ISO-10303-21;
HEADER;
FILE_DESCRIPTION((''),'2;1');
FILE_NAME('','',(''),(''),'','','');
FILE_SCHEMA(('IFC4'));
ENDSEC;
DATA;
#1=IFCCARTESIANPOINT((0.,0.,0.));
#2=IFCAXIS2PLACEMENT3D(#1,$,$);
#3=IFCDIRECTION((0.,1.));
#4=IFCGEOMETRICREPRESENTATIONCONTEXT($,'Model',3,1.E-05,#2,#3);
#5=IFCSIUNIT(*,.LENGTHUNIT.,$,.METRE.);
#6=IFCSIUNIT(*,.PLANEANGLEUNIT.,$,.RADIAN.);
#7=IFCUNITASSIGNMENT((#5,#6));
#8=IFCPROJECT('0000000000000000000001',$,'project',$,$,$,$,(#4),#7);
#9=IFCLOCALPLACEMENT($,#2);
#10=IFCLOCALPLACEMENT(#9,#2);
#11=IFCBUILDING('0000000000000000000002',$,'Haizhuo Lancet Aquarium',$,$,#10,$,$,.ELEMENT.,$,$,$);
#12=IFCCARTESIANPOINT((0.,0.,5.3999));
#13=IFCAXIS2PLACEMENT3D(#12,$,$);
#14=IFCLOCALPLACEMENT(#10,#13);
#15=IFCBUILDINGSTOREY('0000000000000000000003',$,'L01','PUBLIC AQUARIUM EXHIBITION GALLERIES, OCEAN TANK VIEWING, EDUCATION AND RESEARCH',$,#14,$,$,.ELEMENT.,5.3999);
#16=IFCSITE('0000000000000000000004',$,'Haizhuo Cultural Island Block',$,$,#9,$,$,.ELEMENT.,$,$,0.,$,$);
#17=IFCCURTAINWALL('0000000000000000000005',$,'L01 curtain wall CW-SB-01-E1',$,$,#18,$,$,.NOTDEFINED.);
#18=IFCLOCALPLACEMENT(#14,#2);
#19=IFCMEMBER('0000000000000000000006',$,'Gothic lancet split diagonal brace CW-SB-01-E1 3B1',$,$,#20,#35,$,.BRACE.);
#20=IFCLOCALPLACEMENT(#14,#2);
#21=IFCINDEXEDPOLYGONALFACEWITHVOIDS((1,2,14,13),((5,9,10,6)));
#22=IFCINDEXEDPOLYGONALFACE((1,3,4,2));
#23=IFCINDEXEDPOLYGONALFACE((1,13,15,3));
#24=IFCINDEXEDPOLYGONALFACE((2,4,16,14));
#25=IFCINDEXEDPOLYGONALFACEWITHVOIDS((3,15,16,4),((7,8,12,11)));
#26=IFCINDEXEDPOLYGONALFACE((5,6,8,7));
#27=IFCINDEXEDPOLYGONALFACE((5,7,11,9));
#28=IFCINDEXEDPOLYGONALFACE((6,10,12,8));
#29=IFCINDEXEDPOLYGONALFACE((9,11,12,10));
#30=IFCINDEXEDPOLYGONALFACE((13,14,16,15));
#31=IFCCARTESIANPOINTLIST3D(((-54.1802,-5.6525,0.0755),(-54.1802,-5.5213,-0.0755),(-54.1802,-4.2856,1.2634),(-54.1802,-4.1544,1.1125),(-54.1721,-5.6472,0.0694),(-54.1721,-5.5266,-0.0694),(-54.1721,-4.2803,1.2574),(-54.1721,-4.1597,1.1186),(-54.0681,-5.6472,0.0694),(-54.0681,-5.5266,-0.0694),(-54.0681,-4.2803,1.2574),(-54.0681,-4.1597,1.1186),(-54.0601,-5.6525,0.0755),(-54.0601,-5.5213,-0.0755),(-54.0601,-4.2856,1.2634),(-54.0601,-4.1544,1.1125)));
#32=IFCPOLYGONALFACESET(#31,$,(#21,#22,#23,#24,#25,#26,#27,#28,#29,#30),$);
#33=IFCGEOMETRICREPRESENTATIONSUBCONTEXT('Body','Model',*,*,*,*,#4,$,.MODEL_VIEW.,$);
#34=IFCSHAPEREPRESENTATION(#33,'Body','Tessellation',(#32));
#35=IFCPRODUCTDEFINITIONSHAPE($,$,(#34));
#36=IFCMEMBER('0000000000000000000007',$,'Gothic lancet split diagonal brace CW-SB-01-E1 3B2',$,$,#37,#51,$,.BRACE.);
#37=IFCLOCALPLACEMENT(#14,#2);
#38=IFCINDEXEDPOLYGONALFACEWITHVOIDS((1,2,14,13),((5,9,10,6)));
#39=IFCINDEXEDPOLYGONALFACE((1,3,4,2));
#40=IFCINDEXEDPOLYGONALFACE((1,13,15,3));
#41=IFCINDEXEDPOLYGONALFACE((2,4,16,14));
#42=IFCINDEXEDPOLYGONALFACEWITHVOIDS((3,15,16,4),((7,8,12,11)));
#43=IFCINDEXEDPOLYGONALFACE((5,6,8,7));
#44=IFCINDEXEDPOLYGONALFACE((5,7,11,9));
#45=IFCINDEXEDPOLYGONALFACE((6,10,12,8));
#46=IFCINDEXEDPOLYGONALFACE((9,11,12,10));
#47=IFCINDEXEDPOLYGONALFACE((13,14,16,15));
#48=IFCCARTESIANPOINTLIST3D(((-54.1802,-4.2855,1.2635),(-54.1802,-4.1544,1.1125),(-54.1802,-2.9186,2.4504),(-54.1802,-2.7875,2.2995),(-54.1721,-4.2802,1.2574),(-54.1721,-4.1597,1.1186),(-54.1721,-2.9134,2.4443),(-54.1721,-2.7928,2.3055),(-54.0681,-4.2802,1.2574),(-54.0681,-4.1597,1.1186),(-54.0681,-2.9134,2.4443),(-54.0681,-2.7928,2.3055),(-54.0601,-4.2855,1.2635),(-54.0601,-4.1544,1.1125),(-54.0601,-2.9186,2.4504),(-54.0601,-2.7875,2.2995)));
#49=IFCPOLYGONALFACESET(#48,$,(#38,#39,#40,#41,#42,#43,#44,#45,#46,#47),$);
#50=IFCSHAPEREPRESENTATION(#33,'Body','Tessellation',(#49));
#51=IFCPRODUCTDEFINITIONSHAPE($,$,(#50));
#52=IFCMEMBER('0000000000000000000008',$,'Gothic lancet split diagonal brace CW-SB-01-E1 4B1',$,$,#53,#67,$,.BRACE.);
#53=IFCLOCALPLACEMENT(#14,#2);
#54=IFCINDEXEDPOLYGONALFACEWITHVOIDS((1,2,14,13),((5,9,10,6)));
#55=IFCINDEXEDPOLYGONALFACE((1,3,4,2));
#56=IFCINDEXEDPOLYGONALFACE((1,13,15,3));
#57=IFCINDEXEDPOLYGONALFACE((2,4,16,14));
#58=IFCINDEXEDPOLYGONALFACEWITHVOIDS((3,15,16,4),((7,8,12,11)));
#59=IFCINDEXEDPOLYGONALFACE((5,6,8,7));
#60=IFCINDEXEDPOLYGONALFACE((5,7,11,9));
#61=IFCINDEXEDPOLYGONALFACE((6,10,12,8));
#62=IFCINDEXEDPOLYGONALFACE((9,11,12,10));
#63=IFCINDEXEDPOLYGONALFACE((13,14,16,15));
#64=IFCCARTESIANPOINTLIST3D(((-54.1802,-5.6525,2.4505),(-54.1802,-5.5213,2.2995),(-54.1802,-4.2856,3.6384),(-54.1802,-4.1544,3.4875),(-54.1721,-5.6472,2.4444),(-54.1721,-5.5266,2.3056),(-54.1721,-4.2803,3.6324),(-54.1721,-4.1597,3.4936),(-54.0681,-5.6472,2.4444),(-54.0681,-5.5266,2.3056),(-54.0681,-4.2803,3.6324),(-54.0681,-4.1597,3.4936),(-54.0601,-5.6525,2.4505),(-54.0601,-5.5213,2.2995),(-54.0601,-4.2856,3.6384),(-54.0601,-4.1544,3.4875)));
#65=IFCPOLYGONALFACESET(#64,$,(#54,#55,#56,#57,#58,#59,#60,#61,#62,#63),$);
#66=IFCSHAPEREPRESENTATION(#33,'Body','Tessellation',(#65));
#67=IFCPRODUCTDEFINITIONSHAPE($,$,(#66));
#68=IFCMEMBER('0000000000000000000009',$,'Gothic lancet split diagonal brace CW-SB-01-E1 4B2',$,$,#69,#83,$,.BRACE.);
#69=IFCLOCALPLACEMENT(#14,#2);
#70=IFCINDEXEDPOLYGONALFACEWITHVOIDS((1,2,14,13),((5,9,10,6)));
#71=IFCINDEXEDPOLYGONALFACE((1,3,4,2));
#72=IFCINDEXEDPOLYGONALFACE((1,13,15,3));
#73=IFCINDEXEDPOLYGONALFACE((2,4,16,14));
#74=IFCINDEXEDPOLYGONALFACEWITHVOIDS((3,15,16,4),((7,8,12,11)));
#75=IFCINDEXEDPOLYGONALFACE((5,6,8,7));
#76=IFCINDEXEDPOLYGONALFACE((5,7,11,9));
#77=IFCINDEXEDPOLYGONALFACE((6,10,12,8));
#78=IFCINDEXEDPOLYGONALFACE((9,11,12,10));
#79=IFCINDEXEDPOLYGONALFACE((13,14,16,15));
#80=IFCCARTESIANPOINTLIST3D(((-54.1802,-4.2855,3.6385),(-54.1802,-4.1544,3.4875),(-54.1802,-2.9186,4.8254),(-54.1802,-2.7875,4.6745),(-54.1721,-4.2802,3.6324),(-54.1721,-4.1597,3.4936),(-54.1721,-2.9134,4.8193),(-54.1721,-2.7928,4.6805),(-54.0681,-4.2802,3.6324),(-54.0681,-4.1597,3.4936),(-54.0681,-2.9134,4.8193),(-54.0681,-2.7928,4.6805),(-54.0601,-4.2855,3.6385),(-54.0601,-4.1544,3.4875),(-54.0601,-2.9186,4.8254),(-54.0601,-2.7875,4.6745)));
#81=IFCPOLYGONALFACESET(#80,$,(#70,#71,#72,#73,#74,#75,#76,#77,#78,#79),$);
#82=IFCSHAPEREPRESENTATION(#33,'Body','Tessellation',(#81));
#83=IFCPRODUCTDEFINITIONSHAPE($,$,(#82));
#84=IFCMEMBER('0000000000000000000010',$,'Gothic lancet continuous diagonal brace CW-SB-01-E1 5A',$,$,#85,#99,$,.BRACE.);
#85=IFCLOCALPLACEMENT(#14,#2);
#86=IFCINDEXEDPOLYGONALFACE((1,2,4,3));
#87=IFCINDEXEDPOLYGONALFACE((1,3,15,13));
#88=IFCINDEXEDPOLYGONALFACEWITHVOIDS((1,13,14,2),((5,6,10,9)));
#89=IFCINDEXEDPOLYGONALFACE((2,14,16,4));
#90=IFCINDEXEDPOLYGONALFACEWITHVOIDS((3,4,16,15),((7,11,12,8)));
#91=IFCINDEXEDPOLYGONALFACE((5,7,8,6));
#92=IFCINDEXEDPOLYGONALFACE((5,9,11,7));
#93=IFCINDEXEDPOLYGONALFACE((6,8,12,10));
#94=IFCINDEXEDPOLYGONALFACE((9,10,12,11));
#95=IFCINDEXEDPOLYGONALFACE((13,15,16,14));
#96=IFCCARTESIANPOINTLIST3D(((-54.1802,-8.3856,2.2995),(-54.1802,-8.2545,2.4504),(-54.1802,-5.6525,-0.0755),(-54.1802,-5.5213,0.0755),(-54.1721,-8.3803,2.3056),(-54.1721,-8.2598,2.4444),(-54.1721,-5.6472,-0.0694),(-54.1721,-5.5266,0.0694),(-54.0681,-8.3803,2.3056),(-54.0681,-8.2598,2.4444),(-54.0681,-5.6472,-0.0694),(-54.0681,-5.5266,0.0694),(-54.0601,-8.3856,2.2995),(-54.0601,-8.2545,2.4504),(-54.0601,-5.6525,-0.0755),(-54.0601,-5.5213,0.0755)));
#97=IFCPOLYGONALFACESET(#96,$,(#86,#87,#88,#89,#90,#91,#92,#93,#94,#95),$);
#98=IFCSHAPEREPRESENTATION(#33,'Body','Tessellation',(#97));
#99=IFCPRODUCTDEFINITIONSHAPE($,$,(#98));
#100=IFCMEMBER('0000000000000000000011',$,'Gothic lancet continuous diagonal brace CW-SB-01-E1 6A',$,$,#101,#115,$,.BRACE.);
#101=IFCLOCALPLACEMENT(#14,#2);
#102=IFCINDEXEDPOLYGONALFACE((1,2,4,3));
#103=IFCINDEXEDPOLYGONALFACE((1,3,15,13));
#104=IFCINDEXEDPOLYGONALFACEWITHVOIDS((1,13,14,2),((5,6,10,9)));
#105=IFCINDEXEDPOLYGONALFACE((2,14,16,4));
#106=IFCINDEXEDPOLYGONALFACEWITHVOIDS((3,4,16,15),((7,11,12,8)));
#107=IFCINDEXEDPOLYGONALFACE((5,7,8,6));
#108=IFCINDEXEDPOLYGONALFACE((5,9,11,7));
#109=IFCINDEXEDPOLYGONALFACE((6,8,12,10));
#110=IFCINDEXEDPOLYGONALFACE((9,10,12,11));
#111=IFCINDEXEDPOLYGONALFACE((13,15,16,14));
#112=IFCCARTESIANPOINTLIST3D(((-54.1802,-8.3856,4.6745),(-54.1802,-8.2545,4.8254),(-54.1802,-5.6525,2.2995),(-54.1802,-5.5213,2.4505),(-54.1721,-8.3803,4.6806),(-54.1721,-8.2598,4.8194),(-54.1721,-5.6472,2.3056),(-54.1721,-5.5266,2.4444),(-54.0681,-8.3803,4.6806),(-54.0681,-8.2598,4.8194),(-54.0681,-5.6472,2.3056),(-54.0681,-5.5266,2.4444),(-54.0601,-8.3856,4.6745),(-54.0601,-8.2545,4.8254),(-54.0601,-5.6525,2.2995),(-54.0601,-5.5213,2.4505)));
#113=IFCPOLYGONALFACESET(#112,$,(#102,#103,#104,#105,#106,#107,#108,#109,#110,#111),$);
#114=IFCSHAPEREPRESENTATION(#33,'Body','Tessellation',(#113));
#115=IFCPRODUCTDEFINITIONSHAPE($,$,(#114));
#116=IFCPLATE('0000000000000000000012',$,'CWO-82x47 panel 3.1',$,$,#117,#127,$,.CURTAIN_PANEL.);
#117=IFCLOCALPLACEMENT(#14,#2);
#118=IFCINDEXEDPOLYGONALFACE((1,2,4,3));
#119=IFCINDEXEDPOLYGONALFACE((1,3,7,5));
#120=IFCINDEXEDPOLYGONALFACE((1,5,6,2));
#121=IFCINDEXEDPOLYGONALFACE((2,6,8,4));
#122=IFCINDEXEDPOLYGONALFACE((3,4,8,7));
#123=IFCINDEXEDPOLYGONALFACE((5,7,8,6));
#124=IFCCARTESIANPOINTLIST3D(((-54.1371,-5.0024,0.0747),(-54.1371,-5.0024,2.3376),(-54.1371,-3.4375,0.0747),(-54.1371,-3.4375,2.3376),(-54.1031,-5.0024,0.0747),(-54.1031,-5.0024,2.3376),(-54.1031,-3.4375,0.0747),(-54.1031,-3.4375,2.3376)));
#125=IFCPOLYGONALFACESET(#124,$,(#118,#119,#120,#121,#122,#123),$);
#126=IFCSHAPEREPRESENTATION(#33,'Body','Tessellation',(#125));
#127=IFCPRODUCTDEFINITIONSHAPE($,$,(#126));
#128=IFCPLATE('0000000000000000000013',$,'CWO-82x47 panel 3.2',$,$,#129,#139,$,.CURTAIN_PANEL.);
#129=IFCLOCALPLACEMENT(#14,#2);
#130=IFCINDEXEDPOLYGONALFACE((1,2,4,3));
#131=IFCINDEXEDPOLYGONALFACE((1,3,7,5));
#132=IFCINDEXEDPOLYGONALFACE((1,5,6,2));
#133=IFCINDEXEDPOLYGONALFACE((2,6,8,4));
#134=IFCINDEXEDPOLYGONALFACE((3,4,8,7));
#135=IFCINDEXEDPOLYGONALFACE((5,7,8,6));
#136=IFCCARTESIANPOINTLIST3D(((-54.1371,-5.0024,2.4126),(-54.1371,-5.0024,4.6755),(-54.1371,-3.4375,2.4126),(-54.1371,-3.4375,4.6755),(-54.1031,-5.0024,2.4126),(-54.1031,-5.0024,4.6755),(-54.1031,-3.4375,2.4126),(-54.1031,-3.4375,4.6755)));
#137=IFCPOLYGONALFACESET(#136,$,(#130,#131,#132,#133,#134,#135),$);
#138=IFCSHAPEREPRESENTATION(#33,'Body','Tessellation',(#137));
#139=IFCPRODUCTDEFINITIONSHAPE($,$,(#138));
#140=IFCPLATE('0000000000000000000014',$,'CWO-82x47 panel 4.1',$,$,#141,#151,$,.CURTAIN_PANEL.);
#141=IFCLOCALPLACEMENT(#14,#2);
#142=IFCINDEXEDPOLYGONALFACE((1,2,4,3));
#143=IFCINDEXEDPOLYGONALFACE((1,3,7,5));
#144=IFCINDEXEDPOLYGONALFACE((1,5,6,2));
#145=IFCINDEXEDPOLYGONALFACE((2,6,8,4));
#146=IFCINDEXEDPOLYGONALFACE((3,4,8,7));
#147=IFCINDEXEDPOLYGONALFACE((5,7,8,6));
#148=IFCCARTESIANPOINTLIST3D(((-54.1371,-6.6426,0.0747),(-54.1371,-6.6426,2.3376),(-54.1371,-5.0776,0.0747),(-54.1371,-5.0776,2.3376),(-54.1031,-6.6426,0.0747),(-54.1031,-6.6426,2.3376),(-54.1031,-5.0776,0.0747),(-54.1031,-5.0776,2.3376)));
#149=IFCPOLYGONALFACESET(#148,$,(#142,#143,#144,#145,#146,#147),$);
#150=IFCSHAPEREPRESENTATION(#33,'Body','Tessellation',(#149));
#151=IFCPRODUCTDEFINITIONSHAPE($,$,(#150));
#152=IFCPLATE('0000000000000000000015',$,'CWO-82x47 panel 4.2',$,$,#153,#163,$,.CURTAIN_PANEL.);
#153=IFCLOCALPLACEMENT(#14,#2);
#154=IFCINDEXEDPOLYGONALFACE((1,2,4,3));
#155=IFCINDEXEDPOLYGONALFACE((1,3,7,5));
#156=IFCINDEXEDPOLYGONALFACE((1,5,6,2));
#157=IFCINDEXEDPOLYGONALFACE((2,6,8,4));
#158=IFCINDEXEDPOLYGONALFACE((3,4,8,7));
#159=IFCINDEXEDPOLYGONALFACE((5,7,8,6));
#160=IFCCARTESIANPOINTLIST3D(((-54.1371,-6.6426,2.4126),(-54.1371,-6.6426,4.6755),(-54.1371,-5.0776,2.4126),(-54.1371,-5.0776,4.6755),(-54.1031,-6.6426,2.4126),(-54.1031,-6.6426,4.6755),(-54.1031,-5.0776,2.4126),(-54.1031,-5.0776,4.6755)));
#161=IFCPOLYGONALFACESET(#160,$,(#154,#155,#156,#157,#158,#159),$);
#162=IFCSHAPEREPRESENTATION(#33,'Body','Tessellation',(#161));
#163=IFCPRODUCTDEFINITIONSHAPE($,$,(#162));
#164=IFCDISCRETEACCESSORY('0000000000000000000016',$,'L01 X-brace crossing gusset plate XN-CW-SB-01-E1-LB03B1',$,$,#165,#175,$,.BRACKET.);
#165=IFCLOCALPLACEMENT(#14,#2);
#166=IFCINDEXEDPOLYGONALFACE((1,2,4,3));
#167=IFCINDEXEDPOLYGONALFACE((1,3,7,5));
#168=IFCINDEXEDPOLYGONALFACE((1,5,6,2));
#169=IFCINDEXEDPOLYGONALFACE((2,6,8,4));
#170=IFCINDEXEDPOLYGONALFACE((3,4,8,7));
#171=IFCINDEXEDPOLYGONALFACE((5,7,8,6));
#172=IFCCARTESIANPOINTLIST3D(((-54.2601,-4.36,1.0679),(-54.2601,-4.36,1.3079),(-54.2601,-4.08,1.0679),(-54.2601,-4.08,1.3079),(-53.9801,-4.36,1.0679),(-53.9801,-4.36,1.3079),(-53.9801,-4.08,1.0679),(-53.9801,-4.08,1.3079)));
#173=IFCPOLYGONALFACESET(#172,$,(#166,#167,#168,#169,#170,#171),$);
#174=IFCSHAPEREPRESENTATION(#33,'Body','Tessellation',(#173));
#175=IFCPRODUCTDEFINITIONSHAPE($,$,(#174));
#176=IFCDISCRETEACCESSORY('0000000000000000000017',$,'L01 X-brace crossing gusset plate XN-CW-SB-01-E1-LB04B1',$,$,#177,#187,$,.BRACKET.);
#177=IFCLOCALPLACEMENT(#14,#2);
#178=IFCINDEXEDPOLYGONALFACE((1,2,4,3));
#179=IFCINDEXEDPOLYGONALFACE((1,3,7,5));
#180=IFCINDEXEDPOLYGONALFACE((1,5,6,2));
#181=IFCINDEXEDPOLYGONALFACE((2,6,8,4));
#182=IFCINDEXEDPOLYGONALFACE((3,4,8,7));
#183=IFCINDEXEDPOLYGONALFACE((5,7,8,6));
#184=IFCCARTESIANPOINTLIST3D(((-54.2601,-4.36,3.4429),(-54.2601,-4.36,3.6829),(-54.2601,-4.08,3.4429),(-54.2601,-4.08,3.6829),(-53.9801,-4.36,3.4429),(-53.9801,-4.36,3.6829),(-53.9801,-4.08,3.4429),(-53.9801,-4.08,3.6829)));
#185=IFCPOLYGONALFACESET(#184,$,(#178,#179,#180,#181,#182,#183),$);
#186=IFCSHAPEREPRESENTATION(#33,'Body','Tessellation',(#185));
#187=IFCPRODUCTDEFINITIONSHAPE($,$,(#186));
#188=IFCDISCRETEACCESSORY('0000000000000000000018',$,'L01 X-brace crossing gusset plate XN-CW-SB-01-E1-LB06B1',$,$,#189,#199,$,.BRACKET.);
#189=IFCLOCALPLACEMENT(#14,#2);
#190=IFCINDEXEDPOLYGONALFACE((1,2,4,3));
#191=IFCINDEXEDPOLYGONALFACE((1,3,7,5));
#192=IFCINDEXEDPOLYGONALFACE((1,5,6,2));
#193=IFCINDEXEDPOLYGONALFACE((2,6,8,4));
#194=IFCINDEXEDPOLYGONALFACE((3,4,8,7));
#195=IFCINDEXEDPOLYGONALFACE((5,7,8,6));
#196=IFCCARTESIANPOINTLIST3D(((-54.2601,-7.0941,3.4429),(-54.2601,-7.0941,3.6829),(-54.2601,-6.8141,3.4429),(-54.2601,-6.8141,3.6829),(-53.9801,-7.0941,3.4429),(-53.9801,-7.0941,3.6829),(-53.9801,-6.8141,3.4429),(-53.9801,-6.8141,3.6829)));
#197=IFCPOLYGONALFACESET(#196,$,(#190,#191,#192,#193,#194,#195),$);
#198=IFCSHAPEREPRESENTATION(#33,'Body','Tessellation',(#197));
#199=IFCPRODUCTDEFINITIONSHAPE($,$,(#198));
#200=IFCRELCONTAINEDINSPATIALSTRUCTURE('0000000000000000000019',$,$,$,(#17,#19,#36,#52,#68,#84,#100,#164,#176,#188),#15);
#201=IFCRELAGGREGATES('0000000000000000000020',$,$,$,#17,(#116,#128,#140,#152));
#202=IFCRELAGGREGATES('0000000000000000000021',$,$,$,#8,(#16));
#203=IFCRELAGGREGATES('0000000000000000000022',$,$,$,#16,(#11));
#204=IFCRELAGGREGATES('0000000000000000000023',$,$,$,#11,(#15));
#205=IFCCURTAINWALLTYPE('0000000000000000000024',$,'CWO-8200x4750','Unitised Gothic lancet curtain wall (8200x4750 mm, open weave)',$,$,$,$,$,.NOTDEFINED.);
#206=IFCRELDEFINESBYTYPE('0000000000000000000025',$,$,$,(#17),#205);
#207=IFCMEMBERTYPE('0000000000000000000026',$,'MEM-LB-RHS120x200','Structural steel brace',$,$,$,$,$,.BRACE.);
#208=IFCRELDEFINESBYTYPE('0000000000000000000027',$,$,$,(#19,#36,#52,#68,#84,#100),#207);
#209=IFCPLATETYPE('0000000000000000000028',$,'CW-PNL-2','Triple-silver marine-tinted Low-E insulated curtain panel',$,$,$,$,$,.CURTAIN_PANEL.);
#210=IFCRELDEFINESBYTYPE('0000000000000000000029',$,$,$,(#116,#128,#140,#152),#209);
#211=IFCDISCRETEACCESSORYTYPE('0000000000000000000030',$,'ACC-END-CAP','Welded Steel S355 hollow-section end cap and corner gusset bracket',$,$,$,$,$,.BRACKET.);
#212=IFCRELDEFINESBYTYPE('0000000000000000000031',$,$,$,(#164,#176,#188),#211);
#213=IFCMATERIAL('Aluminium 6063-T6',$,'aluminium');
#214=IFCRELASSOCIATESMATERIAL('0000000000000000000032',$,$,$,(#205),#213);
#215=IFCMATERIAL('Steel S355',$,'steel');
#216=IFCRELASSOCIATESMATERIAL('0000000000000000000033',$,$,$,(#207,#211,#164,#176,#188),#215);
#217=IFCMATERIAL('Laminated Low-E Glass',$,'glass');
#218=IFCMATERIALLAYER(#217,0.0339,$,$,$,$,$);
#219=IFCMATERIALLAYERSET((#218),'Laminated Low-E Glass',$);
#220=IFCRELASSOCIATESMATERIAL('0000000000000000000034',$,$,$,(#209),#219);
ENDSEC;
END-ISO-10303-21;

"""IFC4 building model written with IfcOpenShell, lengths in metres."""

from ifc_helpers import new_model, si_unit, direction, frame, origin, origin_2d, place, context, subcontext, project, spatial, rectangle, hollow_rectangle, extrude, material, layer, layer_set, material_profile, profile_set, type_object, element, aggregate, save


model = new_model("IFC4")

# Units and contexts
model_context = context("Model", 3, precision=1e-05, world=origin(), true_north=direction((0.0, 1.0)))
body_context = subcontext(model_context, "Body", "Model", "MODEL_VIEW")
ifc_project = project(units=[si_unit("LENGTHUNIT", "METRE"), si_unit("PLANEANGLEUNIT", "RADIAN")], contexts=[model_context])

# Site, building, storey
site_placement = place(None, origin())
site = spatial("IfcSite", under=ifc_project, at=site_placement, Name="Haizhuo Cultural Island Block", CompositionType="ELEMENT", RefElevation=0.0)
building_placement = place(site_placement, origin())
building = spatial("IfcBuilding", under=site, at=building_placement, Name="Haizhuo Lancet Aquarium", CompositionType="ELEMENT")
storey_placement = place(building_placement, frame((0.0, 0.0, 5.3999)))
storey = spatial("IfcBuildingStorey", under=building, at=storey_placement, Name="L01", Description="PUBLIC AQUARIUM EXHIBITION GALLERIES, OCEAN TANK VIEWING, EDUCATION AND RESEARCH", CompositionType="ELEMENT", Elevation=5.3999)

# Curtain wall
ifc_material_1 = material(Name="Aluminium 6063-T6", Category="aluminium")
curtain_wall_type = type_object("IfcCurtainWallType", Name="CWO-8200x4750", Description="Unitised Gothic lancet curtain wall (8200x4750 mm, open weave)", PredefinedType="NOTDEFINED", material=ifc_material_1)
curtain_wall_placement = place(storey_placement, origin())
curtain_wall = element("IfcCurtainWall", 1, at=curtain_wall_placement, inside=storey, type_object=curtain_wall_type, Name="L01 curtain wall CW-SB-01-E1", PredefinedType="NOTDEFINED")

# Members
ifc_material_2 = material(Name="Steel S355", Category="steel")
ifc_material_profile_1 = material_profile(ifc_material_2, hollow_rectangle(XDim=0.1201, YDim=0.2, WallThickness=0.0081, at=origin_2d()), Name="RHS 120x200x8")
ifc_profile_set_1 = profile_set([ifc_material_profile_1], Name="Steel S355")
member_type_1 = type_object("IfcMemberType", Name="MEM-LB-RHS120x200", Description="Structural steel brace", PredefinedType="BRACE", material=ifc_profile_set_1)
member_1_placement = place(storey_placement, frame((-54.1201, -5.5869, 0.0), z_axis=(0.0, 0.754785, 0.655972), x_axis=(-1.0, 0.0, 0.0)))
element("IfcMember", 2, at=member_1_placement, inside=storey, type_object=member_type_1, Name="Gothic lancet split diagonal brace CW-SB-01-E1 3B1", PredefinedType="BRACE", context=body_context, shape_type="SweptSolid", body=[
    extrude(hollow_rectangle(XDim=0.1201, YDim=0.2, WallThickness=0.0081, at=origin_2d()), origin(), (0.0, 0.0, 1.0), 1.811),
])
member_2_placement = place(storey_placement, frame((-54.1201, -4.22, 1.188), z_axis=(0.0, 0.755052, 0.655664), x_axis=(-1.0, 0.0, 0.0)))
element("IfcMember", 3, at=member_2_placement, inside=storey, type_object=member_type_1, Name="Gothic lancet split diagonal brace CW-SB-01-E1 3B2", PredefinedType="BRACE", context=body_context, shape_type="SweptSolid", body=[
    extrude(hollow_rectangle(XDim=0.1201, YDim=0.2, WallThickness=0.0081, at=origin_2d()), origin(), (0.0, 0.0, 1.0), 1.8103),
])
member_3_placement = place(storey_placement, frame((-54.1201, -5.5869, 2.375), z_axis=(0.0, 0.754785, 0.655972), x_axis=(-1.0, 0.0, 0.0)))
element("IfcMember", 4, at=member_3_placement, inside=storey, type_object=member_type_1, Name="Gothic lancet split diagonal brace CW-SB-01-E1 4B1", PredefinedType="BRACE", context=body_context, shape_type="SweptSolid", body=[
    extrude(hollow_rectangle(XDim=0.1201, YDim=0.2, WallThickness=0.0081, at=origin_2d()), origin(), (0.0, 0.0, 1.0), 1.811),
])
member_4_placement = place(storey_placement, frame((-54.1201, -4.22, 3.563), z_axis=(0.0, 0.755052, 0.655664), x_axis=(-1.0, 0.0, 0.0)))
element("IfcMember", 5, at=member_4_placement, inside=storey, type_object=member_type_1, Name="Gothic lancet split diagonal brace CW-SB-01-E1 4B2", PredefinedType="BRACE", context=body_context, shape_type="SweptSolid", body=[
    extrude(hollow_rectangle(XDim=0.1201, YDim=0.2, WallThickness=0.0081, at=origin_2d()), origin(), (0.0, 0.0, 1.0), 1.8103),
])
for number, where, z_axis, x_axis, name in (
    (6, (-54.1201, -5.5869, 0.0), (0.0, -0.754832, 0.655918), (1.0, 0.0, 0.0), "Gothic lancet continuous diagonal brace CW-SB-01-E1 5A"),
    (7, (-54.1201, -5.5869, 2.375), (0.0, -0.754832, 0.655918), (1.0, 0.0, 0.0), "Gothic lancet continuous diagonal brace CW-SB-01-E1 6A"),
):
    element("IfcMember", number, at=place(storey_placement, frame(where, z_axis=z_axis, x_axis=x_axis)), inside=storey, type_object=member_type_1, Name=name, PredefinedType="BRACE", context=body_context, shape_type="SweptSolid", body=[
        extrude(hollow_rectangle(XDim=0.1201, YDim=0.2, WallThickness=0.0081, at=origin_2d()), origin(), (0.0, 0.0, 1.0), 3.6208),
    ])

# Plates
ifc_material_3 = material(Name="Laminated Low-E Glass", Category="glass")
ifc_layer = layer(ifc_material_3, 0.0339)
ifc_layer_set = layer_set([ifc_layer], Name="Laminated Low-E Glass")
plate_type = type_object("IfcPlateType", Name="CW-PNL-2", Description="Triple-silver marine-tinted Low-E insulated curtain panel", PredefinedType="CURTAIN_PANEL", material=ifc_layer_set)
plate_1_placement = place(storey_placement, frame((-54.1201, -4.22, 0.0747), z_axis=(0.0, 0.0, 1.0), x_axis=(0.0, -1.0, 0.0)))
plate_1 = element("IfcPlate", 8, at=plate_1_placement, type_object=plate_type, Name="CWO-82x47 panel 3.1", PredefinedType="CURTAIN_PANEL", context=body_context, shape_type="SweptSolid", body=[
    extrude(rectangle(XDim=1.5649, YDim=0.0339, at=origin_2d()), origin(), (0.0, 0.0, 1.0), 2.2629),
])
plate_2_placement = place(storey_placement, frame((-54.1201, -4.22, 2.4126), z_axis=(0.0, 0.0, 1.0), x_axis=(0.0, -1.0, 0.0)))
plate_2 = element("IfcPlate", 9, at=plate_2_placement, type_object=plate_type, Name="CWO-82x47 panel 3.2", PredefinedType="CURTAIN_PANEL", context=body_context, shape_type="SweptSolid", body=[
    extrude(rectangle(XDim=1.5649, YDim=0.0339, at=origin_2d()), origin(), (0.0, 0.0, 1.0), 2.2629),
])
plate_3_placement = place(storey_placement, frame((-54.1201, -5.8601, 0.0747), z_axis=(0.0, 0.0, 1.0), x_axis=(0.0, -1.0, 0.0)))
plate_3 = element("IfcPlate", 10, at=plate_3_placement, type_object=plate_type, Name="CWO-82x47 panel 4.1", PredefinedType="CURTAIN_PANEL", context=body_context, shape_type="SweptSolid", body=[
    extrude(rectangle(XDim=1.5649, YDim=0.0339, at=origin_2d()), origin(), (0.0, 0.0, 1.0), 2.2629),
])
plate_4_placement = place(storey_placement, frame((-54.1201, -5.8601, 2.4126), z_axis=(0.0, 0.0, 1.0), x_axis=(0.0, -1.0, 0.0)))
plate_4 = element("IfcPlate", 11, at=plate_4_placement, type_object=plate_type, Name="CWO-82x47 panel 4.2", PredefinedType="CURTAIN_PANEL", context=body_context, shape_type="SweptSolid", body=[
    extrude(rectangle(XDim=1.5649, YDim=0.0339, at=origin_2d()), origin(), (0.0, 0.0, 1.0), 2.2629),
])
aggregate(curtain_wall, [plate_1, plate_2, plate_3, plate_4])

# Discrete accessories
discrete_accessory_type = type_object("IfcDiscreteAccessoryType", Name="ACC-END-CAP", Description="Welded Steel S355 hollow-section end cap and corner gusset bracket", PredefinedType="BRACKET", material=ifc_material_2)
for number, where, z_axis, x_axis, name in (
    (12, (-54.1201, -4.22, 1.0679), (0.0, 0.0, 1.0), (1.0, 0.0, 0.0), "L01 X-brace crossing gusset plate XN-CW-SB-01-E1-LB03B1"),
    (13, (-54.1201, -4.22, 3.4429), (0.0, 0.0, 1.0), (1.0, 0.0, 0.0), "L01 X-brace crossing gusset plate XN-CW-SB-01-E1-LB04B1"),
    (14, (-54.1201, -6.9541, 3.4429), (0.0, 0.0, 1.0), (1.0, 0.0, 0.0), "L01 X-brace crossing gusset plate XN-CW-SB-01-E1-LB06B1"),
):
    element("IfcDiscreteAccessory", number, at=place(storey_placement, frame(where, z_axis=z_axis, x_axis=x_axis)), inside=storey, type_object=discrete_accessory_type, material=ifc_material_2, Name=name, PredefinedType="BRACKET", context=body_context, shape_type="SweptSolid", body=[
        extrude(rectangle(XDim=0.28, YDim=0.28, at=origin_2d()), origin(), (0.0, 0.0, 1.0), 0.24),
    ])

save(model, "model.ifc")
